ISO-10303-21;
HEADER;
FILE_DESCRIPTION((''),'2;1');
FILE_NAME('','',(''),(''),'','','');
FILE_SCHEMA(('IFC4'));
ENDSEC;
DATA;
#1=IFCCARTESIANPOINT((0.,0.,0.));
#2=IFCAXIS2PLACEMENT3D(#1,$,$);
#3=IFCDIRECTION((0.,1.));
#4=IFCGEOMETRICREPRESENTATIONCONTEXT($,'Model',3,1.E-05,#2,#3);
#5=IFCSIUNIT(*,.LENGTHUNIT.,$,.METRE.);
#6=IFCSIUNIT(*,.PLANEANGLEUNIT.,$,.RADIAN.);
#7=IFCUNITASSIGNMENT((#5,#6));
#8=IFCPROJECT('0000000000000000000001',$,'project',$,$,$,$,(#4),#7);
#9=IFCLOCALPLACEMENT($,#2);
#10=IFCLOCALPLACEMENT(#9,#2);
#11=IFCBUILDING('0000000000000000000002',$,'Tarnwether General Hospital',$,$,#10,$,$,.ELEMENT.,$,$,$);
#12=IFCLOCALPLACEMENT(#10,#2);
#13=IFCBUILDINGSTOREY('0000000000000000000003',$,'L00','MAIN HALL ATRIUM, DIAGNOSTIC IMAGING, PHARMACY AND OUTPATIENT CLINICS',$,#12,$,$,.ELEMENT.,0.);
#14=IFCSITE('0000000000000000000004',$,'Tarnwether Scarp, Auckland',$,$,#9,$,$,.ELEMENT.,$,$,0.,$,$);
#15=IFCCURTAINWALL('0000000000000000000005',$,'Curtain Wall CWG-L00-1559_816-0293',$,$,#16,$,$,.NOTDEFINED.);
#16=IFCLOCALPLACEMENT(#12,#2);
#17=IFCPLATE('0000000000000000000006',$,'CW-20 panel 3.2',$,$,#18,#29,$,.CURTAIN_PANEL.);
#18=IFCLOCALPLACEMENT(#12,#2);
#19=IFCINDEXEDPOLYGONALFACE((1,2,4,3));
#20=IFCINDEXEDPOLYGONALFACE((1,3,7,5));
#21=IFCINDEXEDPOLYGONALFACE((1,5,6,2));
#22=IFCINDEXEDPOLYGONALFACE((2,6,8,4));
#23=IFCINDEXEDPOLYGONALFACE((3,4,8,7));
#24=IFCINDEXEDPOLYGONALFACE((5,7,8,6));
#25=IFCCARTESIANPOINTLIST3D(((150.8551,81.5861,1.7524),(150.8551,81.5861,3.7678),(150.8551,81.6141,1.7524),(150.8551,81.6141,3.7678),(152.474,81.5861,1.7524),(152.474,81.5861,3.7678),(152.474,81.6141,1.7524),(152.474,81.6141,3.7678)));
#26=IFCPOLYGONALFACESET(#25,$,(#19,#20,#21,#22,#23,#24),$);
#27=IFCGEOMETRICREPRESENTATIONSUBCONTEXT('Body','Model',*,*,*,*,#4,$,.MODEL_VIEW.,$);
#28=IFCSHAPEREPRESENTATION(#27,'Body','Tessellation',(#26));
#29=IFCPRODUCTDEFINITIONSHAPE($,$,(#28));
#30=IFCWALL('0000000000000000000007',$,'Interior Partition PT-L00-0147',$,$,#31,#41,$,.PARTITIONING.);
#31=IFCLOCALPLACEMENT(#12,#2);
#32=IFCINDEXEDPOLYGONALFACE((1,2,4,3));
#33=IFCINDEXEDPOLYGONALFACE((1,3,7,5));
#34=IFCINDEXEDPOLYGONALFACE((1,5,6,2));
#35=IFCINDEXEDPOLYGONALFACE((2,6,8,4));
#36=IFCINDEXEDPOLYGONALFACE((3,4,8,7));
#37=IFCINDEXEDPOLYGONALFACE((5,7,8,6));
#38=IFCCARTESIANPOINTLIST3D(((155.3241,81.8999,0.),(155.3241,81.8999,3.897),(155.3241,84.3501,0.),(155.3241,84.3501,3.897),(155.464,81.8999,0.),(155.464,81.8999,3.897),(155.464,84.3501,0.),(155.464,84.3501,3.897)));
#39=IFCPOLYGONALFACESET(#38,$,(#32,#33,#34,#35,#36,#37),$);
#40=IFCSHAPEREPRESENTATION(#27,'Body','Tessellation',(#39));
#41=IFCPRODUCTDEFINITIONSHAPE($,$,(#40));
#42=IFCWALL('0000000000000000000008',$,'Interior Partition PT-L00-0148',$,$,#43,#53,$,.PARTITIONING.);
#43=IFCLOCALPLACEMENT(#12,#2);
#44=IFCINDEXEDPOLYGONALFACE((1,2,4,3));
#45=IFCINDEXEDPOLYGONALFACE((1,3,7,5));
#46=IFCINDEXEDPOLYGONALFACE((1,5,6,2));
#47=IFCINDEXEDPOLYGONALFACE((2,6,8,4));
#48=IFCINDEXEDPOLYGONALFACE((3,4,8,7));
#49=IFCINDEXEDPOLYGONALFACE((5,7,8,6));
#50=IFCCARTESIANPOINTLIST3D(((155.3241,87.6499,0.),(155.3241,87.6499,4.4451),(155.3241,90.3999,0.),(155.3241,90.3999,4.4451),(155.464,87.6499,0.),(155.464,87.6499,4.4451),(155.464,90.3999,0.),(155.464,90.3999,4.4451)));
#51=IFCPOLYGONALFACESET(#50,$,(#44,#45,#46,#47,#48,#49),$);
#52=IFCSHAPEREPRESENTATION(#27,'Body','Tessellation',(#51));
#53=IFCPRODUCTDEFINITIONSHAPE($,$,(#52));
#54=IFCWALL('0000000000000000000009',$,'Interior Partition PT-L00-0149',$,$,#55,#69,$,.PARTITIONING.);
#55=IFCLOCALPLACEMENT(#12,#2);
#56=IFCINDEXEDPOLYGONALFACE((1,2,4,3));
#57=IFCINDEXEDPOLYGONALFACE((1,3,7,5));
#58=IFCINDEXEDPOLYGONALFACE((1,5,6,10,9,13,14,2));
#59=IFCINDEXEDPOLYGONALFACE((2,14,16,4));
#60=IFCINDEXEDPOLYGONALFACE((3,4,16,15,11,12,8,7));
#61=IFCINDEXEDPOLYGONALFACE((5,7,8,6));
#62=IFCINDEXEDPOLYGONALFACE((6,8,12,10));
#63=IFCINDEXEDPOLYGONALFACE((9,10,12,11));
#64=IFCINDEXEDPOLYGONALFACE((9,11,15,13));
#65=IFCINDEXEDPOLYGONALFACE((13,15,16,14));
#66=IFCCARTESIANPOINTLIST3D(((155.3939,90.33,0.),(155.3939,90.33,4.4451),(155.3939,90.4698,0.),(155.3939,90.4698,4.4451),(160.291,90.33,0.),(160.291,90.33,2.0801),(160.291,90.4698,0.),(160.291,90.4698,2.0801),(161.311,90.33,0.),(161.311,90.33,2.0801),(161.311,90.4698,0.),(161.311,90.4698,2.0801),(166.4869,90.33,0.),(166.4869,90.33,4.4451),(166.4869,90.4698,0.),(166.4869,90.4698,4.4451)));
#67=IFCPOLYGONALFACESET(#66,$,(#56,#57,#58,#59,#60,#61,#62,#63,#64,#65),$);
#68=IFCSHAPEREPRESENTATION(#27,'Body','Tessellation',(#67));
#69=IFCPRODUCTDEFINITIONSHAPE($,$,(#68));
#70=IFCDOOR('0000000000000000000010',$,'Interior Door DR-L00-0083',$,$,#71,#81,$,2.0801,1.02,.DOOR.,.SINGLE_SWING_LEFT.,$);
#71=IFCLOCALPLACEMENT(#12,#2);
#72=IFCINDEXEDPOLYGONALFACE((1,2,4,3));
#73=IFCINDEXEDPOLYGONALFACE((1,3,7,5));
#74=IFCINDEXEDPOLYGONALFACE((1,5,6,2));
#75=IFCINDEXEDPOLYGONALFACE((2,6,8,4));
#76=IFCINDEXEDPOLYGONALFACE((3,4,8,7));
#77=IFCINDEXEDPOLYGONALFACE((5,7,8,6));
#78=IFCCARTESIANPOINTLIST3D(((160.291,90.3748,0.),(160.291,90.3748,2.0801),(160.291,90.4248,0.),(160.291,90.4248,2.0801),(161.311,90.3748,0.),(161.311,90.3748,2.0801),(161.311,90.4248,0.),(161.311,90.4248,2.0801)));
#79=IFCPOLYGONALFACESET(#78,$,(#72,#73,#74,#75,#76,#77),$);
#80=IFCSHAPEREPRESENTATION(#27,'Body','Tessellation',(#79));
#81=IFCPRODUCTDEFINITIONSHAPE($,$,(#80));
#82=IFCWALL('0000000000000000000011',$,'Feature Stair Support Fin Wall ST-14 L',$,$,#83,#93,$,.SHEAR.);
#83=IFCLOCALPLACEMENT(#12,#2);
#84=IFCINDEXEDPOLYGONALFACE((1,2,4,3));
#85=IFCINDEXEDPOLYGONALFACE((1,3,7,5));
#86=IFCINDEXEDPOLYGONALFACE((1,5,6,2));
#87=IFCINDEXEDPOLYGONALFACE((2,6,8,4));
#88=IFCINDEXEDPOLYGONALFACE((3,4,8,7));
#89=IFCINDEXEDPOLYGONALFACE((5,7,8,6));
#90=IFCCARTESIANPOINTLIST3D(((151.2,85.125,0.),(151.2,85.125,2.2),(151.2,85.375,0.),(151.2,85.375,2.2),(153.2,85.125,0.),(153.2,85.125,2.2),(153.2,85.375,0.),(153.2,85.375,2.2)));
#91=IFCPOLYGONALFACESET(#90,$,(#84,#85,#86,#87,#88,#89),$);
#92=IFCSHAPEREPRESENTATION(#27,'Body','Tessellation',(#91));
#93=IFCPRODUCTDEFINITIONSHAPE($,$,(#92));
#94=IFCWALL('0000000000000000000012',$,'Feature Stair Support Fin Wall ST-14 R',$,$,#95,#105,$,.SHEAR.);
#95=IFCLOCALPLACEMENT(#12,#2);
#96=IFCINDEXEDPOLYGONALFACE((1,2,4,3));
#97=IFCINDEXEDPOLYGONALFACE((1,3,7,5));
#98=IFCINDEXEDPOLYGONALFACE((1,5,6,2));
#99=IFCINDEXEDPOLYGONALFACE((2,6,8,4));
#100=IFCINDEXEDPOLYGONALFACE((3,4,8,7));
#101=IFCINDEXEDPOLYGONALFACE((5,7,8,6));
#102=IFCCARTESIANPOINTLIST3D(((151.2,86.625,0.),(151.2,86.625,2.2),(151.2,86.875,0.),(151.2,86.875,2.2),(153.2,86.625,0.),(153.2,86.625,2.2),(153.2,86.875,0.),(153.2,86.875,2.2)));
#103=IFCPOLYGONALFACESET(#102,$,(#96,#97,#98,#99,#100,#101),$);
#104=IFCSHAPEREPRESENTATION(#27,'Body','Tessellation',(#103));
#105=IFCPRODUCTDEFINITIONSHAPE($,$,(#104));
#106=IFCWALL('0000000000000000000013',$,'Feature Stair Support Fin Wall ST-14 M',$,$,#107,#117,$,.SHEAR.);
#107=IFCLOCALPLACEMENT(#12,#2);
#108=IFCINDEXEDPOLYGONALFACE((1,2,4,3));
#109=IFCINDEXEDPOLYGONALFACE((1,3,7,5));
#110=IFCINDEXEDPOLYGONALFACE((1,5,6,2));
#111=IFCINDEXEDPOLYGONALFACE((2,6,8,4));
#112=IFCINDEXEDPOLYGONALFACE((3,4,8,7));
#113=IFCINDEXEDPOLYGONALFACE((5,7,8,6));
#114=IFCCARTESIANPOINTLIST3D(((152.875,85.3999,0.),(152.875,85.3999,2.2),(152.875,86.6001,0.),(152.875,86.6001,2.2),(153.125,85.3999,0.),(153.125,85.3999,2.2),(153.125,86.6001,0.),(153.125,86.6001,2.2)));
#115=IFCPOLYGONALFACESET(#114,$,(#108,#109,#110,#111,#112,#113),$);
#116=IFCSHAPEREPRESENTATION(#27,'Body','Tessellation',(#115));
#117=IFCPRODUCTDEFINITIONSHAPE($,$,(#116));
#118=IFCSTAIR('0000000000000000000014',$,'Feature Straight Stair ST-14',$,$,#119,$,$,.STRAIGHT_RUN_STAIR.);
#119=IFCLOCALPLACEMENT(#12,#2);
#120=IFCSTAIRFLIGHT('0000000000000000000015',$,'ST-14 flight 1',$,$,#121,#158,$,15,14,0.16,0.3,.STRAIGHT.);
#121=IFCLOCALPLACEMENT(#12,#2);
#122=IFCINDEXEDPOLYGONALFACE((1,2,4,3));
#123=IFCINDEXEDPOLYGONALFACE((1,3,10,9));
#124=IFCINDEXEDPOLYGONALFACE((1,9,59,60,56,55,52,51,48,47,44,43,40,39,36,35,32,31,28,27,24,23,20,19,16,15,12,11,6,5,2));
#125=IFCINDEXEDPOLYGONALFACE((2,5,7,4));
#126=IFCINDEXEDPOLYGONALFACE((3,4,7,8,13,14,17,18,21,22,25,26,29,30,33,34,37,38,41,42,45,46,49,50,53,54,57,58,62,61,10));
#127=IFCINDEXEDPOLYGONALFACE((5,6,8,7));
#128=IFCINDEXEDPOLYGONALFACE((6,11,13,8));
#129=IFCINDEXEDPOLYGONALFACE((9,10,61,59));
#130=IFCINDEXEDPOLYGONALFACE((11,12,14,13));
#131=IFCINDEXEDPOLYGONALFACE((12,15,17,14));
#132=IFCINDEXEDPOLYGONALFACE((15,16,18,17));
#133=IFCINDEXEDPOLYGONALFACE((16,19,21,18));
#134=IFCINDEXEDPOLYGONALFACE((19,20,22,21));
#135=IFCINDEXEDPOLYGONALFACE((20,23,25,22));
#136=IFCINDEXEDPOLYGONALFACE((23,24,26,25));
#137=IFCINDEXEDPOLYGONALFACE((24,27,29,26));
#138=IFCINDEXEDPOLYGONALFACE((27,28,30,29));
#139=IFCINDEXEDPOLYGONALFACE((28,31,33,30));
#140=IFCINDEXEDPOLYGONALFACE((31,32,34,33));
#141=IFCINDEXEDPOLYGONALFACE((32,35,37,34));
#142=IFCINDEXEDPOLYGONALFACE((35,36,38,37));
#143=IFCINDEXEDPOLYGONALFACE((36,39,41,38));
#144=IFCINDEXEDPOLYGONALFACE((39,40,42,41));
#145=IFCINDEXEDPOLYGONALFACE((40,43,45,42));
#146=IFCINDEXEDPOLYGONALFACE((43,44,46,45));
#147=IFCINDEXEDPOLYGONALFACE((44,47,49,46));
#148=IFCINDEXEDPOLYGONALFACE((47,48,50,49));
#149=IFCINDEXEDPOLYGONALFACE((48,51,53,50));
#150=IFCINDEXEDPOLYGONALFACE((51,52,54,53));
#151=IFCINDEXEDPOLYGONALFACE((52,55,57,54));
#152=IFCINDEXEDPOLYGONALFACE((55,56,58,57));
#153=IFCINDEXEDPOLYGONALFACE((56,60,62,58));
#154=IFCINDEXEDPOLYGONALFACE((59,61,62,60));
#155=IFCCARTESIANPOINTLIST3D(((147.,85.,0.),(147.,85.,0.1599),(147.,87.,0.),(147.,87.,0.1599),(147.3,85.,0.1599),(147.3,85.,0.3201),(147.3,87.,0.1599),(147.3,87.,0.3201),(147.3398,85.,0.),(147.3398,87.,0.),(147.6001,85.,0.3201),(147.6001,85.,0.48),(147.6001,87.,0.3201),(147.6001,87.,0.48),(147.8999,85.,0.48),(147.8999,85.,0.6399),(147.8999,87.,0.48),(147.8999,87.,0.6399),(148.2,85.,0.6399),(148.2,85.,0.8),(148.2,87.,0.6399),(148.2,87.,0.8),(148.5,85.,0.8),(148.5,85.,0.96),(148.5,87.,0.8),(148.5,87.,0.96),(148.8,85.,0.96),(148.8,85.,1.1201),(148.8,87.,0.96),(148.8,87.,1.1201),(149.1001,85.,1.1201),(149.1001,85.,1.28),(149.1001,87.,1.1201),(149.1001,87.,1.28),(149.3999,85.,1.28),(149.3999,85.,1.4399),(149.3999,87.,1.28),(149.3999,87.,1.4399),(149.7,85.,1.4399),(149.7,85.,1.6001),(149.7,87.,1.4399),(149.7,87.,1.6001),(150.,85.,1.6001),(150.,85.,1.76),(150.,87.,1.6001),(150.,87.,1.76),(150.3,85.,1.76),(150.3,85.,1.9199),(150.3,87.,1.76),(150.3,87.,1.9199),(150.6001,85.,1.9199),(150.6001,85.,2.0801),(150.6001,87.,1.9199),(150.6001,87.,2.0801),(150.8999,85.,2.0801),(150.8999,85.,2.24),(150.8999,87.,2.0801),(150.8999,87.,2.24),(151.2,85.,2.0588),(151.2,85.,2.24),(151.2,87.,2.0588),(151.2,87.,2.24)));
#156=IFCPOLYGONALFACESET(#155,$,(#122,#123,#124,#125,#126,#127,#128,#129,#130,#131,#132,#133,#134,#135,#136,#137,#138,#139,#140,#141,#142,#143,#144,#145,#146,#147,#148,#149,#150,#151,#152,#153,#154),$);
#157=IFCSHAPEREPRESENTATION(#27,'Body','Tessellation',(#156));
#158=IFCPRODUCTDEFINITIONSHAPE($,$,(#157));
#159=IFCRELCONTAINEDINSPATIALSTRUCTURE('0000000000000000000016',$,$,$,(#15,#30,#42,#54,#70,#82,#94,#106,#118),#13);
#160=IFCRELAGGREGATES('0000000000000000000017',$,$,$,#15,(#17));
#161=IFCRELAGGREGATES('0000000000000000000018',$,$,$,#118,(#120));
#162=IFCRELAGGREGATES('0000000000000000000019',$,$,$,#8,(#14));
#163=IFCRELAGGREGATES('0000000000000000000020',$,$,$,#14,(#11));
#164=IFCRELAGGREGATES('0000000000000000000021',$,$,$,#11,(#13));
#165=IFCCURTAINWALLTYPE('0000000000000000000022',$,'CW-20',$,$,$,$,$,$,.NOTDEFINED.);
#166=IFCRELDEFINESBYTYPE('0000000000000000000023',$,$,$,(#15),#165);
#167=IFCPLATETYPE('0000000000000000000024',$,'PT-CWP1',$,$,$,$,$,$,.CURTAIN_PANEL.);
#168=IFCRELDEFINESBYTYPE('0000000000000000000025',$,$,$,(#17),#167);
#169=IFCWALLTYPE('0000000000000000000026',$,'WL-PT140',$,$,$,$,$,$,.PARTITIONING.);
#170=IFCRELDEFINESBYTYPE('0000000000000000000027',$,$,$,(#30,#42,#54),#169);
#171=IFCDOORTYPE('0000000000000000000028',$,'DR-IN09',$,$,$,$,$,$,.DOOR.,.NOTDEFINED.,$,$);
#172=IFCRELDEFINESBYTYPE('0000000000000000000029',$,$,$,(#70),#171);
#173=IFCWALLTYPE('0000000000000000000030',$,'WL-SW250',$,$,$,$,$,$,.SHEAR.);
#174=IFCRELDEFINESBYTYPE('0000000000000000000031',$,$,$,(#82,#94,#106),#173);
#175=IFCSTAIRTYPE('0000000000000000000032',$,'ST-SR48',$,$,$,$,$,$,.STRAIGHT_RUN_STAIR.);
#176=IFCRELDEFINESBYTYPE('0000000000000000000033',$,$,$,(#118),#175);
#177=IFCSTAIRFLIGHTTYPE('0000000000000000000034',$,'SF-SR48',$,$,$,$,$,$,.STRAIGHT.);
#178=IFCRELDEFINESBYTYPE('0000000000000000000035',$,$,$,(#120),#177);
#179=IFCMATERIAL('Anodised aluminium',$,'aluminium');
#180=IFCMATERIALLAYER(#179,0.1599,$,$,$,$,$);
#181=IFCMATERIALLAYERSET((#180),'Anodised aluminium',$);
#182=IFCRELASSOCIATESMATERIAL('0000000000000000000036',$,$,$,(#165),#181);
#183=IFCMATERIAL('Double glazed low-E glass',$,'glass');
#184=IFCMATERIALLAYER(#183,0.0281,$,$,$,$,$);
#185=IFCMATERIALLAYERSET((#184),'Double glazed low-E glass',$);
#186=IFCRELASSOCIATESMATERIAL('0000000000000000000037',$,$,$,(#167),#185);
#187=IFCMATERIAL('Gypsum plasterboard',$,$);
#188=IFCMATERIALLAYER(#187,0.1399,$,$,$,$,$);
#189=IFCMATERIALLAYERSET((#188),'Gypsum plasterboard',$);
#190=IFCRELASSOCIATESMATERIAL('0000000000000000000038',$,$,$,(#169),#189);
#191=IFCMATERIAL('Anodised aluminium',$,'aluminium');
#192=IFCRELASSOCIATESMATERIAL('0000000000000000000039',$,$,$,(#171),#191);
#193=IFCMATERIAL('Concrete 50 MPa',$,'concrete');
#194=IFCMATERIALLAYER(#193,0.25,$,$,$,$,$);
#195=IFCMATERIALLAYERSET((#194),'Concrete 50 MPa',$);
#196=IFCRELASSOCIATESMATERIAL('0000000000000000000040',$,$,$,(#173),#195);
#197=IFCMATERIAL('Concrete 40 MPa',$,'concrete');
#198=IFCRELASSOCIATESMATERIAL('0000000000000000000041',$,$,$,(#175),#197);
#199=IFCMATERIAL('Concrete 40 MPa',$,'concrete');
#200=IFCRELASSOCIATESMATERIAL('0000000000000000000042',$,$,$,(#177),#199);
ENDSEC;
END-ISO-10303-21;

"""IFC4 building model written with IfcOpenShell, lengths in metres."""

from ifc_helpers import new_model, si_unit, direction, frame, frame_2d, origin, origin_2d, place, context, subcontext, project, spatial, polyline, rectangle, outline, extrude, material, layer, layer_set, type_object, element, fill, aggregate, save


model = new_model("IFC4")

# Units and contexts
model_context = context("Model", 3, precision=1e-05, world=origin(), true_north=direction((0.0, 1.0)))
body_context = subcontext(model_context, "Body", "Model", "MODEL_VIEW")
ifc_project = project(units=[si_unit("LENGTHUNIT", "METRE"), si_unit("PLANEANGLEUNIT", "RADIAN")], contexts=[model_context])

# Site, building, storey
site_placement = place(None, origin())
site = spatial("IfcSite", under=ifc_project, at=site_placement, Name="Tarnwether Scarp, Auckland", CompositionType="ELEMENT", RefElevation=0.0)
building_placement = place(site_placement, origin())
building = spatial("IfcBuilding", under=site, at=building_placement, Name="Tarnwether General Hospital", CompositionType="ELEMENT")
storey_placement = place(building_placement, origin())
storey = spatial("IfcBuildingStorey", under=building, at=storey_placement, Name="L00", Description="MAIN HALL ATRIUM, DIAGNOSTIC IMAGING, PHARMACY AND OUTPATIENT CLINICS", CompositionType="ELEMENT", Elevation=0.0)

# Curtain wall, plate
ifc_material_1 = material(Name="Anodised aluminium", Category="aluminium")
ifc_layer_1 = layer(ifc_material_1, 0.1599)
ifc_layer_set_1 = layer_set([ifc_layer_1], Name="Anodised aluminium")
curtain_wall_type = type_object("IfcCurtainWallType", Name="CW-20", PredefinedType="NOTDEFINED", material=ifc_layer_set_1)
curtain_wall_placement = place(storey_placement, origin())
curtain_wall = element("IfcCurtainWall", 1, at=curtain_wall_placement, inside=storey, type_object=curtain_wall_type, Name="Curtain Wall CWG-L00-1559_816-0293", PredefinedType="NOTDEFINED")
ifc_material_2 = material(Name="Double glazed low-E glass", Category="glass")
ifc_layer_2 = layer(ifc_material_2, 0.0281)
ifc_layer_set_2 = layer_set([ifc_layer_2], Name="Double glazed low-E glass")
plate_type = type_object("IfcPlateType", Name="PT-CWP1", PredefinedType="CURTAIN_PANEL", material=ifc_layer_set_2)
plate_1_placement = place(storey_placement, frame((151.6646, 81.6001, 1.7524), z_axis=(0.0, 0.0, 1.0), x_axis=(-1.0, 0.0, 0.0)))
plate_1 = element("IfcPlate", 2, at=plate_1_placement, type_object=plate_type, Name="CW-20 panel 3.2", PredefinedType="CURTAIN_PANEL", context=body_context, shape_type="SweptSolid", body=[
    extrude(rectangle(XDim=1.6189, YDim=0.0281, at=origin_2d()), origin(), (0.0, 0.0, 1.0), 2.0154),
])
aggregate(curtain_wall, [plate_1])

# Walls
ifc_material_3 = material(Name="Gypsum plasterboard")
ifc_layer_3 = layer(ifc_material_3, 0.1399)
ifc_layer_set_3 = layer_set([ifc_layer_3], Name="Gypsum plasterboard")
wall_type_1 = type_object("IfcWallType", Name="WL-PT140", PredefinedType="PARTITIONING", material=ifc_layer_set_3)
wall_1_placement = place(storey_placement, frame((155.394, 81.8999, 0.0), z_axis=(0.0, 0.0, 1.0), x_axis=(0.0, 1.0, 0.0)))
element("IfcWall", 3, at=wall_1_placement, inside=storey, type_object=wall_type_1, Name="Interior Partition PT-L00-0147", PredefinedType="PARTITIONING", context=body_context, shape_type="SweptSolid", body=[
    extrude(rectangle(XDim=2.4502, YDim=0.1399, at=frame_2d((1.2251, 0.0))), origin(), (0.0, 0.0, 1.0), 3.897),
])
wall_2_placement = place(storey_placement, frame((155.394, 87.6499, 0.0), z_axis=(0.0, 0.0, 1.0), x_axis=(0.0, 1.0, 0.0)))
element("IfcWall", 4, at=wall_2_placement, inside=storey, type_object=wall_type_1, Name="Interior Partition PT-L00-0148", PredefinedType="PARTITIONING", context=body_context, shape_type="SweptSolid", body=[
    extrude(rectangle(XDim=2.75, YDim=0.1399, at=frame_2d((1.375, 0.0))), origin(), (0.0, 0.0, 1.0), 4.4451),
])

# Wall, opening, door
wall_3_placement = place(storey_placement, frame((155.394, 90.3999, 0.0), z_axis=(0.0, 0.0, 1.0), x_axis=(1.0, 0.0, 0.0)))
wall_3 = element("IfcWall", 5, at=wall_3_placement, inside=storey, type_object=wall_type_1, Name="Interior Partition PT-L00-0149", PredefinedType="PARTITIONING", context=body_context, shape_type="SweptSolid", body=[
    extrude(rectangle(XDim=11.093, YDim=0.1399, at=frame_2d((5.5464, 0.0))), origin(), (0.0, 0.0, 1.0), 4.4451),
])
opening_placement = place(wall_3_placement, frame((4.897, 0.0, 0.0)))
opening = element("IfcOpeningElement", 6, at=opening_placement, cuts=wall_3, PredefinedType="OPENING", context=body_context, shape_type="SweptSolid", body=[
    extrude(rectangle(XDim=1.02, YDim=2.0801, at=frame_2d((0.51, 1.04))), frame((0.0, 0.0801, 0.0), z_axis=(0.0, -1.0, 0.0), x_axis=(1.0, 0.0, 0.0)), (0.0, 0.0, 1.0), 0.1599),
])
ifc_material_4 = material(Name="Anodised aluminium", Category="aluminium")
door_type = type_object("IfcDoorType", Name="DR-IN09", OperationType="NOTDEFINED", PredefinedType="DOOR", material=ifc_material_4)
door_placement = place(opening_placement, origin())
door = element("IfcDoor", 7, at=door_placement, inside=storey, type_object=door_type, Name="Interior Door DR-L00-0083", OperationType="SINGLE_SWING_LEFT", OverallHeight=2.0801, OverallWidth=1.02, PredefinedType="DOOR", context=body_context, shape_type="SweptSolid", body=[
    extrude(rectangle(XDim=1.02, YDim=2.0801, at=frame_2d((0.51, 1.04))), frame((0.0, 0.0249, 0.0), z_axis=(0.0, -1.0, 0.0), x_axis=(1.0, 0.0, 0.0)), (0.0, 0.0, 1.0), 0.05),
])
fill(opening, door)

# Walls
ifc_material_5 = material(Name="Concrete 50 MPa", Category="concrete")
ifc_layer_4 = layer(ifc_material_5, 0.25)
ifc_layer_set_4 = layer_set([ifc_layer_4], Name="Concrete 50 MPa")
wall_type_2 = type_object("IfcWallType", Name="WL-SW250", PredefinedType="SHEAR", material=ifc_layer_set_4)
for number, where, z_axis, x_axis, name in (
    (8, (151.2, 85.25, 0.0), (0.0, 0.0, 1.0), (1.0, 0.0, 0.0), "Feature Stair Support Fin Wall ST-14 L"),
    (9, (151.2, 86.75, 0.0), (0.0, 0.0, 1.0), (1.0, 0.0, 0.0), "Feature Stair Support Fin Wall ST-14 R"),
):
    element("IfcWall", number, at=place(storey_placement, frame(where, z_axis=z_axis, x_axis=x_axis)), inside=storey, type_object=wall_type_2, Name=name, PredefinedType="SHEAR", context=body_context, shape_type="SweptSolid", body=[
        extrude(rectangle(XDim=2.0, YDim=0.25, at=frame_2d((1.0, 0.0))), origin(), (0.0, 0.0, 1.0), 2.2),
    ])
wall_4_placement = place(storey_placement, frame((153.0, 85.3999, 0.0), z_axis=(0.0, 0.0, 1.0), x_axis=(0.0, 1.0, 0.0)))
element("IfcWall", 10, at=wall_4_placement, inside=storey, type_object=wall_type_2, Name="Feature Stair Support Fin Wall ST-14 M", PredefinedType="SHEAR", context=body_context, shape_type="SweptSolid", body=[
    extrude(rectangle(XDim=1.2002, YDim=0.25, at=frame_2d((0.6001, 0.0))), origin(), (0.0, 0.0, 1.0), 2.2),
])

# Stair, stair flight
ifc_material_6 = material(Name="Concrete 40 MPa", Category="concrete")
stair_type = type_object("IfcStairType", Name="ST-SR48", PredefinedType="STRAIGHT_RUN_STAIR", material=ifc_material_6)
stair_placement = place(storey_placement, origin())
stair = element("IfcStair", 11, at=stair_placement, inside=storey, type_object=stair_type, Name="Feature Straight Stair ST-14", PredefinedType="STRAIGHT_RUN_STAIR")
ifc_material_7 = material(Name="Concrete 40 MPa", Category="concrete")
stair_flight_type = type_object("IfcStairFlightType", Name="SF-SR48", PredefinedType="STRAIGHT", material=ifc_material_7)
stair_flight_1_placement = place(storey_placement, frame((147.0, 86.0, 0.0), z_axis=(0.0, 0.0, 1.0), x_axis=(1.0, 0.0, 0.0)))
stair_flight_1 = element("IfcStairFlight", 12, at=stair_flight_1_placement, type_object=stair_flight_type, Name="ST-14 flight 1", NumberOfRisers=15, NumberOfTreads=14, PredefinedType="STRAIGHT", RiserHeight=0.16, TreadLength=0.3, context=body_context, shape_type="SweptSolid", body=[
    extrude(outline(polyline([(0.0, 0.0), (0.0, 0.1599), (0.3, 0.1599), (0.3, 0.3201), (0.6001, 0.3201), (0.6001, 0.48), (0.8999, 0.48), (0.8999, 0.6399), (1.2, 0.6399), (1.2, 0.8), (1.5, 0.8), (1.5, 0.96), (1.8, 0.96), (1.8, 1.1201), (2.1001, 1.1201), (2.1001, 1.28), (2.3999, 1.28), (2.3999, 1.4399), (2.7, 1.4399), (2.7, 1.6001), (3.0, 1.6001), (3.0, 1.76), (3.3, 1.76), (3.3, 1.9199), (3.6001, 1.9199), (3.6001, 2.0801), (3.8999, 2.0801), (3.8999, 2.24), (4.2, 2.24), (4.2, 2.3999), (4.2, 2.0588), (0.3398, 0.0), (0.0, 0.0)])), frame((0.0, 1.0, 0.0), z_axis=(0.0, -1.0, 0.0), x_axis=(1.0, 0.0, 0.0)), (0.0, 0.0, 1.0), 2.0),
])
aggregate(stair, [stair_flight_1])

save(model, "model.ifc")
